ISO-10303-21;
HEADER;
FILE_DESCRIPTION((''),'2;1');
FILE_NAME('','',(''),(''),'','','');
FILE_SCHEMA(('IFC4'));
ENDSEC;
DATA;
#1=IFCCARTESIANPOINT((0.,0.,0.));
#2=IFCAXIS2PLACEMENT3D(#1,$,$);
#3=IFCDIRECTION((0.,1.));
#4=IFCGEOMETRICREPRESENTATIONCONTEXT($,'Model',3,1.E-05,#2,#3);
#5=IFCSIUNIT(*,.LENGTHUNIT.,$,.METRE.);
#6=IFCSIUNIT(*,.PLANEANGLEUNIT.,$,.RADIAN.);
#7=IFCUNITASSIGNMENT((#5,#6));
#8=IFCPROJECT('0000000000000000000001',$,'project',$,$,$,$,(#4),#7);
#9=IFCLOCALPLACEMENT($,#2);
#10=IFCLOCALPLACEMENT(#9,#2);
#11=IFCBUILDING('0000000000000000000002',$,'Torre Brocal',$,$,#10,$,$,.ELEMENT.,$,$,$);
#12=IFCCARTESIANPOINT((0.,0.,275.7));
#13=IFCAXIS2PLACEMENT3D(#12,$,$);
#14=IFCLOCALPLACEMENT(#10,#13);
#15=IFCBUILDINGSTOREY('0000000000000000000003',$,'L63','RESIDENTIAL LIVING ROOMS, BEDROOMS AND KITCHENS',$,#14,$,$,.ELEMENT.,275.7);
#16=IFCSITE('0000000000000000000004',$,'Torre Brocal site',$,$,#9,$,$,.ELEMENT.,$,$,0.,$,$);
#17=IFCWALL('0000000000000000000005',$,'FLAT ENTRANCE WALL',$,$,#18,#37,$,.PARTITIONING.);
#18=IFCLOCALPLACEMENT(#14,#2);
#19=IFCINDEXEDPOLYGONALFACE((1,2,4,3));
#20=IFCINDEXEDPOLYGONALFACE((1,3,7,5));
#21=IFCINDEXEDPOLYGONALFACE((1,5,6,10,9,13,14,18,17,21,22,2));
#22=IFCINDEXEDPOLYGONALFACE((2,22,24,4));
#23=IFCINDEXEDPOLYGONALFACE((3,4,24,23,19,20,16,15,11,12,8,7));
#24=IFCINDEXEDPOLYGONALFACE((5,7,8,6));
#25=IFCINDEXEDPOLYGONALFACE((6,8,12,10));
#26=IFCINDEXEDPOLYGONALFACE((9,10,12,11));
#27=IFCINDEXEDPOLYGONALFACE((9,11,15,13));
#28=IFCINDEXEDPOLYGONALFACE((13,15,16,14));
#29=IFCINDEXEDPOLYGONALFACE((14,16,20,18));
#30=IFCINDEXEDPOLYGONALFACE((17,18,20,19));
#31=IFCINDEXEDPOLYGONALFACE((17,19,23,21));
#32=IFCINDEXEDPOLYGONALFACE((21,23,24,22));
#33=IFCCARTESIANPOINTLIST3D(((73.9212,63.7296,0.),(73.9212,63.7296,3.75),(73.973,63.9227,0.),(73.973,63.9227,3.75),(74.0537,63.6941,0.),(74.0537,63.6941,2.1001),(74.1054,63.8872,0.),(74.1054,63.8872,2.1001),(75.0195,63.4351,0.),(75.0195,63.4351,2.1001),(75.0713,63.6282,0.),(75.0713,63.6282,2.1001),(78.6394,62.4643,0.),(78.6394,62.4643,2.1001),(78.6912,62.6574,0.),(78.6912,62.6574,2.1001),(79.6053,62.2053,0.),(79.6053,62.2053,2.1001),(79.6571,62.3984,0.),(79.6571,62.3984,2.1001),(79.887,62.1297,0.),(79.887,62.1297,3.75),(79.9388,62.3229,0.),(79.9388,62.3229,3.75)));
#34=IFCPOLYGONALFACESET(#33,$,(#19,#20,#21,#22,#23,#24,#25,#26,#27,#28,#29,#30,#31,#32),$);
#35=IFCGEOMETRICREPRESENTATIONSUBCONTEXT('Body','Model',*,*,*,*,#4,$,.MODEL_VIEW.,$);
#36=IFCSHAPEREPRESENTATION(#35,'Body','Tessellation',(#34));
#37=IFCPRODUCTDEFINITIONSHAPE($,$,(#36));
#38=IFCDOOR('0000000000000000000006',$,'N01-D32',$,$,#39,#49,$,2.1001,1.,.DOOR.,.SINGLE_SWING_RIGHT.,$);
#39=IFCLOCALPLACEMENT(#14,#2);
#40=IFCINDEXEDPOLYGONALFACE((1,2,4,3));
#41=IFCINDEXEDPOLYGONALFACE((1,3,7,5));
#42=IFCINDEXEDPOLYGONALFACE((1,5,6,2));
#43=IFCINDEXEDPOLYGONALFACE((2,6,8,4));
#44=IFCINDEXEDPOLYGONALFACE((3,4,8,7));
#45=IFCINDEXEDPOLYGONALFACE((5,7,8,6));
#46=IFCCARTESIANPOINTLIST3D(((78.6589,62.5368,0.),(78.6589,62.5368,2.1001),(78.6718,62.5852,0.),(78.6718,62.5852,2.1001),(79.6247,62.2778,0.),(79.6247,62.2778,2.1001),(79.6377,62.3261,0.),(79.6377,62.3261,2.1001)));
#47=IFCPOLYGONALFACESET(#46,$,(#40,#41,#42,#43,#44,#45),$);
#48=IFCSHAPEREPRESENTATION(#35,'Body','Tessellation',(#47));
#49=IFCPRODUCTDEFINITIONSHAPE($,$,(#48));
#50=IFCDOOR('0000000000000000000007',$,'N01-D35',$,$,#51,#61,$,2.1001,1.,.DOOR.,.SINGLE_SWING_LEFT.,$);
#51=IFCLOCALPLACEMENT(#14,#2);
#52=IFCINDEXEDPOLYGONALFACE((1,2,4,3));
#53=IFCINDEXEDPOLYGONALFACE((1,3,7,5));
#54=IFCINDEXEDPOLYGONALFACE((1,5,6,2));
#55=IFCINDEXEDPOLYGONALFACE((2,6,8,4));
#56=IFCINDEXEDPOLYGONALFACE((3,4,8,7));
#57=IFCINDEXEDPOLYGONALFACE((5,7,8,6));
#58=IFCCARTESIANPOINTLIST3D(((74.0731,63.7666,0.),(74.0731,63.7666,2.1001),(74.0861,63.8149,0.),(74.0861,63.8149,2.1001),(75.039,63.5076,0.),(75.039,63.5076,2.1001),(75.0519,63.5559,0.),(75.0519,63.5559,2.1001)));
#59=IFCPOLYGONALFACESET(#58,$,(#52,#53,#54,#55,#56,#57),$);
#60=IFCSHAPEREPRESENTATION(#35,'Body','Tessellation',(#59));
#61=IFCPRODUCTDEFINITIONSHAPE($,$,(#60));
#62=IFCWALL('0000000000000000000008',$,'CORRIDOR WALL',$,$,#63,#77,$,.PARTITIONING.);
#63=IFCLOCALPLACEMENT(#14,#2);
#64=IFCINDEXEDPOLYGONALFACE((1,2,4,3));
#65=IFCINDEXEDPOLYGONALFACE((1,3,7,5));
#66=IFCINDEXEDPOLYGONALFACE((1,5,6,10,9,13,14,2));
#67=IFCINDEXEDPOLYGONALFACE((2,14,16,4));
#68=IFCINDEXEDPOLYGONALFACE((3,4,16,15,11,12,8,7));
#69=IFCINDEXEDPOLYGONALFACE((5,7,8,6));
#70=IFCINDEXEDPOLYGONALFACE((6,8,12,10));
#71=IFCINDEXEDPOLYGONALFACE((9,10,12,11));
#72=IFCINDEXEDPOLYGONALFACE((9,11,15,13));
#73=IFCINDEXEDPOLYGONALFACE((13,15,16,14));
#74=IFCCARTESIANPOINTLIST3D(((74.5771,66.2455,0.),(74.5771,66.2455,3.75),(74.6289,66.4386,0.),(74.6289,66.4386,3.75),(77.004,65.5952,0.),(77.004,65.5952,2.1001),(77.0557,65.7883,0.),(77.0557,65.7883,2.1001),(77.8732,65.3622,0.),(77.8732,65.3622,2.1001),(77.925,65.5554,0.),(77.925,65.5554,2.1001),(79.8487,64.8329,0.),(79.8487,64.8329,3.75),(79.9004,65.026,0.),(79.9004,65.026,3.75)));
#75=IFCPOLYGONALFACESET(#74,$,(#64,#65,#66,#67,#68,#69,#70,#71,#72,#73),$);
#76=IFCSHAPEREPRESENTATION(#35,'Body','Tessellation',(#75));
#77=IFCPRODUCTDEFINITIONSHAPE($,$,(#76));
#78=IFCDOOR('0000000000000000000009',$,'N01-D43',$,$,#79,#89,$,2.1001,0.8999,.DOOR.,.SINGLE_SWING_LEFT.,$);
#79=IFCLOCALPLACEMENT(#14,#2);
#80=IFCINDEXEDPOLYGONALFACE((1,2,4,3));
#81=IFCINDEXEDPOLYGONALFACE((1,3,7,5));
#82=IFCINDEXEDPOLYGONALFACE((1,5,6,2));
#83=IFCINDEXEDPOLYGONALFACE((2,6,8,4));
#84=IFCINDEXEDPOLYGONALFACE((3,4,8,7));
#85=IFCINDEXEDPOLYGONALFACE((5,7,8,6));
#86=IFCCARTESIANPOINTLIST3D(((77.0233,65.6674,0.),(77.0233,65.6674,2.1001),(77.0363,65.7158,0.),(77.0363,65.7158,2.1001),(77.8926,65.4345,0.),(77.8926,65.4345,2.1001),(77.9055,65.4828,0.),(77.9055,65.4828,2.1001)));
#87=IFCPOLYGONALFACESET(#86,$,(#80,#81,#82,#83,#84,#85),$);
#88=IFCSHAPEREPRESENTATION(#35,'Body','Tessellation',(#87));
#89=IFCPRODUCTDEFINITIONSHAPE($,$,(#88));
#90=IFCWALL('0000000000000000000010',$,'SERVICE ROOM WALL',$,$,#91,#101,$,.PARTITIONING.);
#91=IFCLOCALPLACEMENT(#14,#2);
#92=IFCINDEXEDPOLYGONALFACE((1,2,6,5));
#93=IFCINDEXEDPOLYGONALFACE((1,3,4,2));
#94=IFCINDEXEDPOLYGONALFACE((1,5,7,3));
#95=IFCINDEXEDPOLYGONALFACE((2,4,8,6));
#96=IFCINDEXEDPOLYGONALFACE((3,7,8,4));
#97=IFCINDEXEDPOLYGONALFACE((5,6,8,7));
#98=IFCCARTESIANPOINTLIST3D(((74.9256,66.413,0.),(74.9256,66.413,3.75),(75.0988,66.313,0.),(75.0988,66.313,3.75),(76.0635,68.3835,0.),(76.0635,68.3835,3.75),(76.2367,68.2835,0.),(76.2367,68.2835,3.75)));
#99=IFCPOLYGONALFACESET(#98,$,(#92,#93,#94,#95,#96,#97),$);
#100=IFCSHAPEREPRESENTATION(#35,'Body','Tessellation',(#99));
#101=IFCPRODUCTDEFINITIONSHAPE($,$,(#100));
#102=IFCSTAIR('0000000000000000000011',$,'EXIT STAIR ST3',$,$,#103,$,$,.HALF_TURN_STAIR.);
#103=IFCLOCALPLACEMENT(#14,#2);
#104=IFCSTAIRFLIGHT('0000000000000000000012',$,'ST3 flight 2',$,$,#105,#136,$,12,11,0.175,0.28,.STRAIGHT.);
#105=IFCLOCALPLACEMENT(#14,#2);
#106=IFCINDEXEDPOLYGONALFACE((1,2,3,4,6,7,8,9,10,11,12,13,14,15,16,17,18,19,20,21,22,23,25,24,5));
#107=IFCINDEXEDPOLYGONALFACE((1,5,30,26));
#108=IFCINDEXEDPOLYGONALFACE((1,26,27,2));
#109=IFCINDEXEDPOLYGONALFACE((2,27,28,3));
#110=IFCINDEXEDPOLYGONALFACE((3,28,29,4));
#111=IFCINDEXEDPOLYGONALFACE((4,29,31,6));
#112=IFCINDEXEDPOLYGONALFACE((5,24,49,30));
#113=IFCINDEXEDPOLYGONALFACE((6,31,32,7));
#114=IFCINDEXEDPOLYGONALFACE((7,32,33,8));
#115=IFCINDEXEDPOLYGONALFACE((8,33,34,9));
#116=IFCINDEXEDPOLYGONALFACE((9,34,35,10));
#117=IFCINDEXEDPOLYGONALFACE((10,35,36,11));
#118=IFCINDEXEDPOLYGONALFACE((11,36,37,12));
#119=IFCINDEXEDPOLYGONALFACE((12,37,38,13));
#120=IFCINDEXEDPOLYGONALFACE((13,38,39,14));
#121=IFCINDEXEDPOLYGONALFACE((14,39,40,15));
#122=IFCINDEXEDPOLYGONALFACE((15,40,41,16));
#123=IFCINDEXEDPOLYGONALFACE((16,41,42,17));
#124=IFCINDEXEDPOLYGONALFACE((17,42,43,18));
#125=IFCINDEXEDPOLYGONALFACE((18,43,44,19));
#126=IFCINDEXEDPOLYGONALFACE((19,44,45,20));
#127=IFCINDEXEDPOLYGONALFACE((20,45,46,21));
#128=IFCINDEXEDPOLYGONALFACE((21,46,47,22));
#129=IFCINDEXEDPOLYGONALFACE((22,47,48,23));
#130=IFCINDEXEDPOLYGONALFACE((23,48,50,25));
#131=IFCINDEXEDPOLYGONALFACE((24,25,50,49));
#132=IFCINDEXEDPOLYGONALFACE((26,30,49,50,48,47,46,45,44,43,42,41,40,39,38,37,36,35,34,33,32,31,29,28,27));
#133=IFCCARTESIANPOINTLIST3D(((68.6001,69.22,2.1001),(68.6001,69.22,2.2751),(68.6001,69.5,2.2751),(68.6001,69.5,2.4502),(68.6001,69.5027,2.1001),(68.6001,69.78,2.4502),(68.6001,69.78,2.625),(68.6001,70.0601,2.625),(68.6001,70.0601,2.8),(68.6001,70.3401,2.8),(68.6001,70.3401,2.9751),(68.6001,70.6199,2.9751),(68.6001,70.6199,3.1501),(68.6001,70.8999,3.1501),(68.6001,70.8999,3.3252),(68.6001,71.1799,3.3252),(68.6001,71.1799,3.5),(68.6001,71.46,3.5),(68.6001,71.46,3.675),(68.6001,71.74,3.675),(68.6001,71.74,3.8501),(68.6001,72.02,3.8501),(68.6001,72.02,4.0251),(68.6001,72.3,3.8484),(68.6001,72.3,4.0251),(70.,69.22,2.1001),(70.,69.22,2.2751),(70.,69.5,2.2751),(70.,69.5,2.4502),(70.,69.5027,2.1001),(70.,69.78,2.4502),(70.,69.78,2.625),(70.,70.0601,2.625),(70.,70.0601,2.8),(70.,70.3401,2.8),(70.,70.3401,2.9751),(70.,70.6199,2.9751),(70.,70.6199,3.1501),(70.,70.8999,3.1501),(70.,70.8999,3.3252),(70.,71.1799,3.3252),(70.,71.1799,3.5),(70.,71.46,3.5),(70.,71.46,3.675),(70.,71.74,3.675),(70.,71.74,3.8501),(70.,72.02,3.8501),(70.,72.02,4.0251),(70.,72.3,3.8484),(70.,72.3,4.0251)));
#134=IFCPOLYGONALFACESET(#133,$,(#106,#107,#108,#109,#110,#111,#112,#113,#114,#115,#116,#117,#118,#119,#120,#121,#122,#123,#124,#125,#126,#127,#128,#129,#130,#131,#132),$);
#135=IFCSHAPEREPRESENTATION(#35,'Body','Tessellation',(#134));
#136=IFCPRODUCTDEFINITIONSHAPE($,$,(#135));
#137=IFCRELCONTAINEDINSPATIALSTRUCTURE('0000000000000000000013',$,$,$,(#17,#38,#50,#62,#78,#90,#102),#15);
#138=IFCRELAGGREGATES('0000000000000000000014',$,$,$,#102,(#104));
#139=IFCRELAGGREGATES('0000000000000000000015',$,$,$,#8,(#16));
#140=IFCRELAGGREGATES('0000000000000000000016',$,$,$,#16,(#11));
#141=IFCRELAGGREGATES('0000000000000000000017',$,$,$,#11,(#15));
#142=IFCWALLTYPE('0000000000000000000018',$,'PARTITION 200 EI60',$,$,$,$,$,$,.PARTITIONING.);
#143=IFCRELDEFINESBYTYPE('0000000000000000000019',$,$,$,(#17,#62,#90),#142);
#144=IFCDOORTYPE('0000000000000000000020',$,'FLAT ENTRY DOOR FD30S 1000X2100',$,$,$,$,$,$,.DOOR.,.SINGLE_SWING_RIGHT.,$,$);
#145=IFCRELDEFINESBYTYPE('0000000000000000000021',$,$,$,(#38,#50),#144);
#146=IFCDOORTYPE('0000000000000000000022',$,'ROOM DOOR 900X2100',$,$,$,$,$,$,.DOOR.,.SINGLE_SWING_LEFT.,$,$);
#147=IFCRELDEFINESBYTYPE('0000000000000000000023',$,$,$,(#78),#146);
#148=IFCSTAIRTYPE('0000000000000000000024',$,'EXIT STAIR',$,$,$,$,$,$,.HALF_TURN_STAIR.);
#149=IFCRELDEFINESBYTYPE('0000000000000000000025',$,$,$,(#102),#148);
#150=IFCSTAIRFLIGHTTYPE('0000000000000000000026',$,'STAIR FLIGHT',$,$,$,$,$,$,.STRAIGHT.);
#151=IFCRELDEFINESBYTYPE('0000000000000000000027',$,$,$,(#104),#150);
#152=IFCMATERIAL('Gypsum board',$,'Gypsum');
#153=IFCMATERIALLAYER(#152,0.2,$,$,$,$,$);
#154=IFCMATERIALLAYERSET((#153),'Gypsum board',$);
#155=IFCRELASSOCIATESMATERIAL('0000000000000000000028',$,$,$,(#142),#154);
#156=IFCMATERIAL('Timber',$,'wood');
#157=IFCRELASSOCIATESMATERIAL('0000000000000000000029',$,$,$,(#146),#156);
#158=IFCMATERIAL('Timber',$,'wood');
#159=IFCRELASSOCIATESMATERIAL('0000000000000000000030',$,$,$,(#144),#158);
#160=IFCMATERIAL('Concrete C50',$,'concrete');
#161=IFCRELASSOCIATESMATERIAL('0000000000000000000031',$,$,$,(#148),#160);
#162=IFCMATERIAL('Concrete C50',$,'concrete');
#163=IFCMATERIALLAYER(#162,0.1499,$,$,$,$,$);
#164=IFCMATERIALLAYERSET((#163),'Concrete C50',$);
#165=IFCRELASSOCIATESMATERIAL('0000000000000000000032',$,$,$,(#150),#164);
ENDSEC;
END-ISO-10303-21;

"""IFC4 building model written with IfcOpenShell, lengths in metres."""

from ifc_helpers import new_model, si_unit, direction, frame, frame_2d, origin, place, context, subcontext, project, spatial, polyline, rectangle, outline, extrude, material, layer, layer_set, type_object, element, fill, aggregate, save


model = new_model("IFC4")

# Units and contexts
model_context = context("Model", 3, precision=1e-05, world=origin(), true_north=direction((0.0, 1.0)))
body_context = subcontext(model_context, "Body", "Model", "MODEL_VIEW")
ifc_project = project(units=[si_unit("LENGTHUNIT", "METRE"), si_unit("PLANEANGLEUNIT", "RADIAN")], contexts=[model_context])

# Site, building, storey
site_placement = place(None, origin())
site = spatial("IfcSite", under=ifc_project, at=site_placement, Name="Torre Brocal site", CompositionType="ELEMENT", RefElevation=0.0)
building_placement = place(site_placement, origin())
building = spatial("IfcBuilding", under=site, at=building_placement, Name="Torre Brocal", CompositionType="ELEMENT")
storey_placement = place(building_placement, frame((0.0, 0.0, 275.7)))
storey = spatial("IfcBuildingStorey", under=building, at=storey_placement, Name="L63", Description="RESIDENTIAL LIVING ROOMS, BEDROOMS AND KITCHENS", CompositionType="ELEMENT", Elevation=275.7)

# Shared definitions
ifc_material_1 = material(Name="Gypsum board", Category="Gypsum")
ifc_layer_1 = layer(ifc_material_1, 0.2)
ifc_layer_set_1 = layer_set([ifc_layer_1], Name="Gypsum board")
wall_type_1 = type_object("IfcWallType", Name="PARTITION 200 EI60", PredefinedType="PARTITIONING", material=ifc_layer_set_1)
ifc_material_2 = material(Name="Timber", Category="wood")
door_type_1 = type_object("IfcDoorType", Name="ROOM DOOR 900X2100", OperationType="SINGLE_SWING_LEFT", PredefinedType="DOOR", material=ifc_material_2)

# Wall, openings, doors
wall_1_placement = place(storey_placement, frame((73.947, 63.8262, 0.0), z_axis=(0.0, 0.0, 1.0), x_axis=(0.965873, -0.259018, 0.0)))
wall_1 = element("IfcWall", 1, at=wall_1_placement, inside=storey, type_object=wall_type_1, Name="FLAT ENTRANCE WALL", PredefinedType="PARTITIONING", context=body_context, shape_type="SweptSolid", body=[
    extrude(rectangle(XDim=6.1765, YDim=0.2, at=frame_2d((3.0884, 0.0))), origin(), (0.0, 0.0, 1.0), 3.75),
])
opening_1_placement = place(wall_1_placement, frame((4.885, 0.0, 0.0)))
opening_1 = element("IfcOpeningElement", 2, at=opening_1_placement, cuts=wall_1, PredefinedType="OPENING", context=body_context, shape_type="SweptSolid", body=[
    extrude(rectangle(XDim=1.0, YDim=2.1001, at=frame_2d((0.5, 1.05))), frame((0.0, 0.1099, 0.0), z_axis=(0.0, -1.0, 0.0), x_axis=(1.0, 0.0, 0.0)), (0.0, 0.0, 1.0), 0.22),
])
opening_2_placement = place(wall_1_placement, frame((0.1372, 0.0, 0.0)))
opening_2 = element("IfcOpeningElement", 3, at=opening_2_placement, cuts=wall_1, PredefinedType="OPENING", context=body_context, shape_type="SweptSolid", body=[
    extrude(rectangle(XDim=1.0, YDim=2.1001, at=frame_2d((0.5, 1.05))), frame((0.0, 0.1099, 0.0), z_axis=(0.0, -1.0, 0.0), x_axis=(1.0, 0.0, 0.0)), (0.0, 0.0, 1.0), 0.22),
])
ifc_material_3 = material(Name="Timber", Category="wood")
door_type_2 = type_object("IfcDoorType", Name="FLAT ENTRY DOOR FD30S 1000X2100", OperationType="SINGLE_SWING_RIGHT", PredefinedType="DOOR", material=ifc_material_3)
door_1_placement = place(opening_1_placement, frame((1.0, 0.0, 0.0), z_axis=(0.0, 0.0, 1.0), x_axis=(-1.0, 0.0, 0.0)))
door_1 = element("IfcDoor", 4, at=door_1_placement, inside=storey, type_object=door_type_2, Name="N01-D32", OperationType="SINGLE_SWING_RIGHT", OverallHeight=2.1001, OverallWidth=1.0, PredefinedType="DOOR", context=body_context, shape_type="SweptSolid", body=[
    extrude(rectangle(XDim=1.0, YDim=2.1001, at=frame_2d((0.5, 1.05))), frame((0.0, 0.0249, 0.0), z_axis=(0.0, -1.0, 0.0), x_axis=(1.0, 0.0, 0.0)), (0.0, 0.0, 1.0), 0.05),
])
fill(opening_1, door_1)
door_2_placement = place(opening_2_placement, frame((1.0, 0.0, 0.0), z_axis=(0.0, 0.0, 1.0), x_axis=(-1.0, 0.0, 0.0)))
door_2 = element("IfcDoor", 5, at=door_2_placement, inside=storey, type_object=door_type_2, Name="N01-D35", OperationType="SINGLE_SWING_LEFT", OverallHeight=2.1001, OverallWidth=1.0, PredefinedType="DOOR", context=body_context, shape_type="SweptSolid", body=[
    extrude(rectangle(XDim=1.0, YDim=2.1001, at=frame_2d((0.5, 1.05))), frame((0.0, 0.0249, 0.0), z_axis=(0.0, -1.0, 0.0), x_axis=(1.0, 0.0, 0.0)), (0.0, 0.0, 1.0), 0.05),
])
fill(opening_2, door_2)

# Wall, opening, door
wall_2_placement = place(storey_placement, frame((74.603, 66.342, 0.0), z_axis=(0.0, 0.0, 1.0), x_axis=(0.965921, -0.258837, 0.0)))
wall_2 = element("IfcWall", 6, at=wall_2_placement, inside=storey, type_object=wall_type_1, Name="CORRIDOR WALL", PredefinedType="PARTITIONING", context=body_context, shape_type="SweptSolid", body=[
    extrude(rectangle(XDim=5.4575, YDim=0.2, at=frame_2d((2.7288, 0.0))), origin(), (0.0, 0.0, 1.0), 3.75),
])
opening_3_placement = place(wall_2_placement, frame((2.5125, 0.0, 0.0)))
opening_3 = element("IfcOpeningElement", 7, at=opening_3_placement, cuts=wall_2, PredefinedType="OPENING", context=body_context, shape_type="SweptSolid", body=[
    extrude(rectangle(XDim=0.8999, YDim=2.1001, at=frame_2d((0.45, 1.05))), frame((0.0, 0.1099, 0.0), z_axis=(0.0, -1.0, 0.0), x_axis=(1.0, 0.0, 0.0)), (0.0, 0.0, 1.0), 0.22),
])
door_3_placement = place(opening_3_placement, origin())
door_3 = element("IfcDoor", 8, at=door_3_placement, inside=storey, type_object=door_type_1, Name="N01-D43", OperationType="SINGLE_SWING_LEFT", OverallHeight=2.1001, OverallWidth=0.8999, PredefinedType="DOOR", context=body_context, shape_type="SweptSolid", body=[
    extrude(rectangle(XDim=0.8999, YDim=2.1001, at=frame_2d((0.45, 1.05))), frame((0.0, 0.0249, 0.0), z_axis=(0.0, -1.0, 0.0), x_axis=(1.0, 0.0, 0.0)), (0.0, 0.0, 1.0), 0.05),
])
fill(opening_3, door_3)

# Wall
wall_3_placement = place(storey_placement, frame((75.0122, 66.363, 0.0), z_axis=(0.0, 0.0, 1.0), x_axis=(0.500097, 0.865969, 0.0)))
element("IfcWall", 9, at=wall_3_placement, inside=storey, type_object=wall_type_1, Name="SERVICE ROOM WALL", PredefinedType="PARTITIONING", context=body_context, shape_type="SweptSolid", body=[
    extrude(rectangle(XDim=2.2754, YDim=0.2, at=frame_2d((1.1377, 0.0))), origin(), (0.0, 0.0, 1.0), 3.75),
])

# Stair, stair flight
ifc_material_4 = material(Name="Concrete C50", Category="concrete")
stair_type = type_object("IfcStairType", Name="EXIT STAIR", PredefinedType="HALF_TURN_STAIR", material=ifc_material_4)
stair_placement = place(storey_placement, origin())
stair = element("IfcStair", 10, at=stair_placement, inside=storey, type_object=stair_type, Name="EXIT STAIR ST3", PredefinedType="HALF_TURN_STAIR")
ifc_material_5 = material(Name="Concrete C50", Category="concrete")
ifc_layer_2 = layer(ifc_material_5, 0.1499)
ifc_layer_set_2 = layer_set([ifc_layer_2], Name="Concrete C50")
stair_flight_type = type_object("IfcStairFlightType", Name="STAIR FLIGHT", PredefinedType="STRAIGHT", material=ifc_layer_set_2)
stair_flight_placement = place(storey_placement, frame((69.3, 69.22, 2.1001), z_axis=(0.0, 0.0, 1.0), x_axis=(0.0, 1.0, 0.0)))
stair_flight = element("IfcStairFlight", 11, at=stair_flight_placement, type_object=stair_flight_type, Name="ST3 flight 2", NumberOfRisers=12, NumberOfTreads=11, PredefinedType="STRAIGHT", RiserHeight=0.175, TreadLength=0.28, context=body_context, shape_type="SweptSolid", body=[
    extrude(outline(polyline([(0.0, 0.0), (0.0, 0.175), (0.28, 0.175), (0.28, 0.3501), (0.5601, 0.3501), (0.5601, 0.5249), (0.8401, 0.5249), (0.8401, 0.7), (1.1201, 0.7), (1.1201, 0.875), (1.3999, 0.875), (1.3999, 1.05), (1.6799, 1.05), (1.6799, 1.2251), (1.96, 1.2251), (1.96, 1.3999), (2.24, 1.3999), (2.24, 1.575), (2.52, 1.575), (2.52, 1.75), (2.8, 1.75), (2.8, 1.925), (3.0801, 1.925), (3.0801, 2.1001), (3.0801, 1.7483), (0.2827, 0.0), (0.0, 0.0)])), frame((0.0, 0.7, 0.0), z_axis=(0.0, -1.0, 0.0), x_axis=(1.0, 0.0, 0.0)), (0.0, 0.0, 1.0), 1.3999),
])
aggregate(stair, [stair_flight])

save(model, "model.ifc")
